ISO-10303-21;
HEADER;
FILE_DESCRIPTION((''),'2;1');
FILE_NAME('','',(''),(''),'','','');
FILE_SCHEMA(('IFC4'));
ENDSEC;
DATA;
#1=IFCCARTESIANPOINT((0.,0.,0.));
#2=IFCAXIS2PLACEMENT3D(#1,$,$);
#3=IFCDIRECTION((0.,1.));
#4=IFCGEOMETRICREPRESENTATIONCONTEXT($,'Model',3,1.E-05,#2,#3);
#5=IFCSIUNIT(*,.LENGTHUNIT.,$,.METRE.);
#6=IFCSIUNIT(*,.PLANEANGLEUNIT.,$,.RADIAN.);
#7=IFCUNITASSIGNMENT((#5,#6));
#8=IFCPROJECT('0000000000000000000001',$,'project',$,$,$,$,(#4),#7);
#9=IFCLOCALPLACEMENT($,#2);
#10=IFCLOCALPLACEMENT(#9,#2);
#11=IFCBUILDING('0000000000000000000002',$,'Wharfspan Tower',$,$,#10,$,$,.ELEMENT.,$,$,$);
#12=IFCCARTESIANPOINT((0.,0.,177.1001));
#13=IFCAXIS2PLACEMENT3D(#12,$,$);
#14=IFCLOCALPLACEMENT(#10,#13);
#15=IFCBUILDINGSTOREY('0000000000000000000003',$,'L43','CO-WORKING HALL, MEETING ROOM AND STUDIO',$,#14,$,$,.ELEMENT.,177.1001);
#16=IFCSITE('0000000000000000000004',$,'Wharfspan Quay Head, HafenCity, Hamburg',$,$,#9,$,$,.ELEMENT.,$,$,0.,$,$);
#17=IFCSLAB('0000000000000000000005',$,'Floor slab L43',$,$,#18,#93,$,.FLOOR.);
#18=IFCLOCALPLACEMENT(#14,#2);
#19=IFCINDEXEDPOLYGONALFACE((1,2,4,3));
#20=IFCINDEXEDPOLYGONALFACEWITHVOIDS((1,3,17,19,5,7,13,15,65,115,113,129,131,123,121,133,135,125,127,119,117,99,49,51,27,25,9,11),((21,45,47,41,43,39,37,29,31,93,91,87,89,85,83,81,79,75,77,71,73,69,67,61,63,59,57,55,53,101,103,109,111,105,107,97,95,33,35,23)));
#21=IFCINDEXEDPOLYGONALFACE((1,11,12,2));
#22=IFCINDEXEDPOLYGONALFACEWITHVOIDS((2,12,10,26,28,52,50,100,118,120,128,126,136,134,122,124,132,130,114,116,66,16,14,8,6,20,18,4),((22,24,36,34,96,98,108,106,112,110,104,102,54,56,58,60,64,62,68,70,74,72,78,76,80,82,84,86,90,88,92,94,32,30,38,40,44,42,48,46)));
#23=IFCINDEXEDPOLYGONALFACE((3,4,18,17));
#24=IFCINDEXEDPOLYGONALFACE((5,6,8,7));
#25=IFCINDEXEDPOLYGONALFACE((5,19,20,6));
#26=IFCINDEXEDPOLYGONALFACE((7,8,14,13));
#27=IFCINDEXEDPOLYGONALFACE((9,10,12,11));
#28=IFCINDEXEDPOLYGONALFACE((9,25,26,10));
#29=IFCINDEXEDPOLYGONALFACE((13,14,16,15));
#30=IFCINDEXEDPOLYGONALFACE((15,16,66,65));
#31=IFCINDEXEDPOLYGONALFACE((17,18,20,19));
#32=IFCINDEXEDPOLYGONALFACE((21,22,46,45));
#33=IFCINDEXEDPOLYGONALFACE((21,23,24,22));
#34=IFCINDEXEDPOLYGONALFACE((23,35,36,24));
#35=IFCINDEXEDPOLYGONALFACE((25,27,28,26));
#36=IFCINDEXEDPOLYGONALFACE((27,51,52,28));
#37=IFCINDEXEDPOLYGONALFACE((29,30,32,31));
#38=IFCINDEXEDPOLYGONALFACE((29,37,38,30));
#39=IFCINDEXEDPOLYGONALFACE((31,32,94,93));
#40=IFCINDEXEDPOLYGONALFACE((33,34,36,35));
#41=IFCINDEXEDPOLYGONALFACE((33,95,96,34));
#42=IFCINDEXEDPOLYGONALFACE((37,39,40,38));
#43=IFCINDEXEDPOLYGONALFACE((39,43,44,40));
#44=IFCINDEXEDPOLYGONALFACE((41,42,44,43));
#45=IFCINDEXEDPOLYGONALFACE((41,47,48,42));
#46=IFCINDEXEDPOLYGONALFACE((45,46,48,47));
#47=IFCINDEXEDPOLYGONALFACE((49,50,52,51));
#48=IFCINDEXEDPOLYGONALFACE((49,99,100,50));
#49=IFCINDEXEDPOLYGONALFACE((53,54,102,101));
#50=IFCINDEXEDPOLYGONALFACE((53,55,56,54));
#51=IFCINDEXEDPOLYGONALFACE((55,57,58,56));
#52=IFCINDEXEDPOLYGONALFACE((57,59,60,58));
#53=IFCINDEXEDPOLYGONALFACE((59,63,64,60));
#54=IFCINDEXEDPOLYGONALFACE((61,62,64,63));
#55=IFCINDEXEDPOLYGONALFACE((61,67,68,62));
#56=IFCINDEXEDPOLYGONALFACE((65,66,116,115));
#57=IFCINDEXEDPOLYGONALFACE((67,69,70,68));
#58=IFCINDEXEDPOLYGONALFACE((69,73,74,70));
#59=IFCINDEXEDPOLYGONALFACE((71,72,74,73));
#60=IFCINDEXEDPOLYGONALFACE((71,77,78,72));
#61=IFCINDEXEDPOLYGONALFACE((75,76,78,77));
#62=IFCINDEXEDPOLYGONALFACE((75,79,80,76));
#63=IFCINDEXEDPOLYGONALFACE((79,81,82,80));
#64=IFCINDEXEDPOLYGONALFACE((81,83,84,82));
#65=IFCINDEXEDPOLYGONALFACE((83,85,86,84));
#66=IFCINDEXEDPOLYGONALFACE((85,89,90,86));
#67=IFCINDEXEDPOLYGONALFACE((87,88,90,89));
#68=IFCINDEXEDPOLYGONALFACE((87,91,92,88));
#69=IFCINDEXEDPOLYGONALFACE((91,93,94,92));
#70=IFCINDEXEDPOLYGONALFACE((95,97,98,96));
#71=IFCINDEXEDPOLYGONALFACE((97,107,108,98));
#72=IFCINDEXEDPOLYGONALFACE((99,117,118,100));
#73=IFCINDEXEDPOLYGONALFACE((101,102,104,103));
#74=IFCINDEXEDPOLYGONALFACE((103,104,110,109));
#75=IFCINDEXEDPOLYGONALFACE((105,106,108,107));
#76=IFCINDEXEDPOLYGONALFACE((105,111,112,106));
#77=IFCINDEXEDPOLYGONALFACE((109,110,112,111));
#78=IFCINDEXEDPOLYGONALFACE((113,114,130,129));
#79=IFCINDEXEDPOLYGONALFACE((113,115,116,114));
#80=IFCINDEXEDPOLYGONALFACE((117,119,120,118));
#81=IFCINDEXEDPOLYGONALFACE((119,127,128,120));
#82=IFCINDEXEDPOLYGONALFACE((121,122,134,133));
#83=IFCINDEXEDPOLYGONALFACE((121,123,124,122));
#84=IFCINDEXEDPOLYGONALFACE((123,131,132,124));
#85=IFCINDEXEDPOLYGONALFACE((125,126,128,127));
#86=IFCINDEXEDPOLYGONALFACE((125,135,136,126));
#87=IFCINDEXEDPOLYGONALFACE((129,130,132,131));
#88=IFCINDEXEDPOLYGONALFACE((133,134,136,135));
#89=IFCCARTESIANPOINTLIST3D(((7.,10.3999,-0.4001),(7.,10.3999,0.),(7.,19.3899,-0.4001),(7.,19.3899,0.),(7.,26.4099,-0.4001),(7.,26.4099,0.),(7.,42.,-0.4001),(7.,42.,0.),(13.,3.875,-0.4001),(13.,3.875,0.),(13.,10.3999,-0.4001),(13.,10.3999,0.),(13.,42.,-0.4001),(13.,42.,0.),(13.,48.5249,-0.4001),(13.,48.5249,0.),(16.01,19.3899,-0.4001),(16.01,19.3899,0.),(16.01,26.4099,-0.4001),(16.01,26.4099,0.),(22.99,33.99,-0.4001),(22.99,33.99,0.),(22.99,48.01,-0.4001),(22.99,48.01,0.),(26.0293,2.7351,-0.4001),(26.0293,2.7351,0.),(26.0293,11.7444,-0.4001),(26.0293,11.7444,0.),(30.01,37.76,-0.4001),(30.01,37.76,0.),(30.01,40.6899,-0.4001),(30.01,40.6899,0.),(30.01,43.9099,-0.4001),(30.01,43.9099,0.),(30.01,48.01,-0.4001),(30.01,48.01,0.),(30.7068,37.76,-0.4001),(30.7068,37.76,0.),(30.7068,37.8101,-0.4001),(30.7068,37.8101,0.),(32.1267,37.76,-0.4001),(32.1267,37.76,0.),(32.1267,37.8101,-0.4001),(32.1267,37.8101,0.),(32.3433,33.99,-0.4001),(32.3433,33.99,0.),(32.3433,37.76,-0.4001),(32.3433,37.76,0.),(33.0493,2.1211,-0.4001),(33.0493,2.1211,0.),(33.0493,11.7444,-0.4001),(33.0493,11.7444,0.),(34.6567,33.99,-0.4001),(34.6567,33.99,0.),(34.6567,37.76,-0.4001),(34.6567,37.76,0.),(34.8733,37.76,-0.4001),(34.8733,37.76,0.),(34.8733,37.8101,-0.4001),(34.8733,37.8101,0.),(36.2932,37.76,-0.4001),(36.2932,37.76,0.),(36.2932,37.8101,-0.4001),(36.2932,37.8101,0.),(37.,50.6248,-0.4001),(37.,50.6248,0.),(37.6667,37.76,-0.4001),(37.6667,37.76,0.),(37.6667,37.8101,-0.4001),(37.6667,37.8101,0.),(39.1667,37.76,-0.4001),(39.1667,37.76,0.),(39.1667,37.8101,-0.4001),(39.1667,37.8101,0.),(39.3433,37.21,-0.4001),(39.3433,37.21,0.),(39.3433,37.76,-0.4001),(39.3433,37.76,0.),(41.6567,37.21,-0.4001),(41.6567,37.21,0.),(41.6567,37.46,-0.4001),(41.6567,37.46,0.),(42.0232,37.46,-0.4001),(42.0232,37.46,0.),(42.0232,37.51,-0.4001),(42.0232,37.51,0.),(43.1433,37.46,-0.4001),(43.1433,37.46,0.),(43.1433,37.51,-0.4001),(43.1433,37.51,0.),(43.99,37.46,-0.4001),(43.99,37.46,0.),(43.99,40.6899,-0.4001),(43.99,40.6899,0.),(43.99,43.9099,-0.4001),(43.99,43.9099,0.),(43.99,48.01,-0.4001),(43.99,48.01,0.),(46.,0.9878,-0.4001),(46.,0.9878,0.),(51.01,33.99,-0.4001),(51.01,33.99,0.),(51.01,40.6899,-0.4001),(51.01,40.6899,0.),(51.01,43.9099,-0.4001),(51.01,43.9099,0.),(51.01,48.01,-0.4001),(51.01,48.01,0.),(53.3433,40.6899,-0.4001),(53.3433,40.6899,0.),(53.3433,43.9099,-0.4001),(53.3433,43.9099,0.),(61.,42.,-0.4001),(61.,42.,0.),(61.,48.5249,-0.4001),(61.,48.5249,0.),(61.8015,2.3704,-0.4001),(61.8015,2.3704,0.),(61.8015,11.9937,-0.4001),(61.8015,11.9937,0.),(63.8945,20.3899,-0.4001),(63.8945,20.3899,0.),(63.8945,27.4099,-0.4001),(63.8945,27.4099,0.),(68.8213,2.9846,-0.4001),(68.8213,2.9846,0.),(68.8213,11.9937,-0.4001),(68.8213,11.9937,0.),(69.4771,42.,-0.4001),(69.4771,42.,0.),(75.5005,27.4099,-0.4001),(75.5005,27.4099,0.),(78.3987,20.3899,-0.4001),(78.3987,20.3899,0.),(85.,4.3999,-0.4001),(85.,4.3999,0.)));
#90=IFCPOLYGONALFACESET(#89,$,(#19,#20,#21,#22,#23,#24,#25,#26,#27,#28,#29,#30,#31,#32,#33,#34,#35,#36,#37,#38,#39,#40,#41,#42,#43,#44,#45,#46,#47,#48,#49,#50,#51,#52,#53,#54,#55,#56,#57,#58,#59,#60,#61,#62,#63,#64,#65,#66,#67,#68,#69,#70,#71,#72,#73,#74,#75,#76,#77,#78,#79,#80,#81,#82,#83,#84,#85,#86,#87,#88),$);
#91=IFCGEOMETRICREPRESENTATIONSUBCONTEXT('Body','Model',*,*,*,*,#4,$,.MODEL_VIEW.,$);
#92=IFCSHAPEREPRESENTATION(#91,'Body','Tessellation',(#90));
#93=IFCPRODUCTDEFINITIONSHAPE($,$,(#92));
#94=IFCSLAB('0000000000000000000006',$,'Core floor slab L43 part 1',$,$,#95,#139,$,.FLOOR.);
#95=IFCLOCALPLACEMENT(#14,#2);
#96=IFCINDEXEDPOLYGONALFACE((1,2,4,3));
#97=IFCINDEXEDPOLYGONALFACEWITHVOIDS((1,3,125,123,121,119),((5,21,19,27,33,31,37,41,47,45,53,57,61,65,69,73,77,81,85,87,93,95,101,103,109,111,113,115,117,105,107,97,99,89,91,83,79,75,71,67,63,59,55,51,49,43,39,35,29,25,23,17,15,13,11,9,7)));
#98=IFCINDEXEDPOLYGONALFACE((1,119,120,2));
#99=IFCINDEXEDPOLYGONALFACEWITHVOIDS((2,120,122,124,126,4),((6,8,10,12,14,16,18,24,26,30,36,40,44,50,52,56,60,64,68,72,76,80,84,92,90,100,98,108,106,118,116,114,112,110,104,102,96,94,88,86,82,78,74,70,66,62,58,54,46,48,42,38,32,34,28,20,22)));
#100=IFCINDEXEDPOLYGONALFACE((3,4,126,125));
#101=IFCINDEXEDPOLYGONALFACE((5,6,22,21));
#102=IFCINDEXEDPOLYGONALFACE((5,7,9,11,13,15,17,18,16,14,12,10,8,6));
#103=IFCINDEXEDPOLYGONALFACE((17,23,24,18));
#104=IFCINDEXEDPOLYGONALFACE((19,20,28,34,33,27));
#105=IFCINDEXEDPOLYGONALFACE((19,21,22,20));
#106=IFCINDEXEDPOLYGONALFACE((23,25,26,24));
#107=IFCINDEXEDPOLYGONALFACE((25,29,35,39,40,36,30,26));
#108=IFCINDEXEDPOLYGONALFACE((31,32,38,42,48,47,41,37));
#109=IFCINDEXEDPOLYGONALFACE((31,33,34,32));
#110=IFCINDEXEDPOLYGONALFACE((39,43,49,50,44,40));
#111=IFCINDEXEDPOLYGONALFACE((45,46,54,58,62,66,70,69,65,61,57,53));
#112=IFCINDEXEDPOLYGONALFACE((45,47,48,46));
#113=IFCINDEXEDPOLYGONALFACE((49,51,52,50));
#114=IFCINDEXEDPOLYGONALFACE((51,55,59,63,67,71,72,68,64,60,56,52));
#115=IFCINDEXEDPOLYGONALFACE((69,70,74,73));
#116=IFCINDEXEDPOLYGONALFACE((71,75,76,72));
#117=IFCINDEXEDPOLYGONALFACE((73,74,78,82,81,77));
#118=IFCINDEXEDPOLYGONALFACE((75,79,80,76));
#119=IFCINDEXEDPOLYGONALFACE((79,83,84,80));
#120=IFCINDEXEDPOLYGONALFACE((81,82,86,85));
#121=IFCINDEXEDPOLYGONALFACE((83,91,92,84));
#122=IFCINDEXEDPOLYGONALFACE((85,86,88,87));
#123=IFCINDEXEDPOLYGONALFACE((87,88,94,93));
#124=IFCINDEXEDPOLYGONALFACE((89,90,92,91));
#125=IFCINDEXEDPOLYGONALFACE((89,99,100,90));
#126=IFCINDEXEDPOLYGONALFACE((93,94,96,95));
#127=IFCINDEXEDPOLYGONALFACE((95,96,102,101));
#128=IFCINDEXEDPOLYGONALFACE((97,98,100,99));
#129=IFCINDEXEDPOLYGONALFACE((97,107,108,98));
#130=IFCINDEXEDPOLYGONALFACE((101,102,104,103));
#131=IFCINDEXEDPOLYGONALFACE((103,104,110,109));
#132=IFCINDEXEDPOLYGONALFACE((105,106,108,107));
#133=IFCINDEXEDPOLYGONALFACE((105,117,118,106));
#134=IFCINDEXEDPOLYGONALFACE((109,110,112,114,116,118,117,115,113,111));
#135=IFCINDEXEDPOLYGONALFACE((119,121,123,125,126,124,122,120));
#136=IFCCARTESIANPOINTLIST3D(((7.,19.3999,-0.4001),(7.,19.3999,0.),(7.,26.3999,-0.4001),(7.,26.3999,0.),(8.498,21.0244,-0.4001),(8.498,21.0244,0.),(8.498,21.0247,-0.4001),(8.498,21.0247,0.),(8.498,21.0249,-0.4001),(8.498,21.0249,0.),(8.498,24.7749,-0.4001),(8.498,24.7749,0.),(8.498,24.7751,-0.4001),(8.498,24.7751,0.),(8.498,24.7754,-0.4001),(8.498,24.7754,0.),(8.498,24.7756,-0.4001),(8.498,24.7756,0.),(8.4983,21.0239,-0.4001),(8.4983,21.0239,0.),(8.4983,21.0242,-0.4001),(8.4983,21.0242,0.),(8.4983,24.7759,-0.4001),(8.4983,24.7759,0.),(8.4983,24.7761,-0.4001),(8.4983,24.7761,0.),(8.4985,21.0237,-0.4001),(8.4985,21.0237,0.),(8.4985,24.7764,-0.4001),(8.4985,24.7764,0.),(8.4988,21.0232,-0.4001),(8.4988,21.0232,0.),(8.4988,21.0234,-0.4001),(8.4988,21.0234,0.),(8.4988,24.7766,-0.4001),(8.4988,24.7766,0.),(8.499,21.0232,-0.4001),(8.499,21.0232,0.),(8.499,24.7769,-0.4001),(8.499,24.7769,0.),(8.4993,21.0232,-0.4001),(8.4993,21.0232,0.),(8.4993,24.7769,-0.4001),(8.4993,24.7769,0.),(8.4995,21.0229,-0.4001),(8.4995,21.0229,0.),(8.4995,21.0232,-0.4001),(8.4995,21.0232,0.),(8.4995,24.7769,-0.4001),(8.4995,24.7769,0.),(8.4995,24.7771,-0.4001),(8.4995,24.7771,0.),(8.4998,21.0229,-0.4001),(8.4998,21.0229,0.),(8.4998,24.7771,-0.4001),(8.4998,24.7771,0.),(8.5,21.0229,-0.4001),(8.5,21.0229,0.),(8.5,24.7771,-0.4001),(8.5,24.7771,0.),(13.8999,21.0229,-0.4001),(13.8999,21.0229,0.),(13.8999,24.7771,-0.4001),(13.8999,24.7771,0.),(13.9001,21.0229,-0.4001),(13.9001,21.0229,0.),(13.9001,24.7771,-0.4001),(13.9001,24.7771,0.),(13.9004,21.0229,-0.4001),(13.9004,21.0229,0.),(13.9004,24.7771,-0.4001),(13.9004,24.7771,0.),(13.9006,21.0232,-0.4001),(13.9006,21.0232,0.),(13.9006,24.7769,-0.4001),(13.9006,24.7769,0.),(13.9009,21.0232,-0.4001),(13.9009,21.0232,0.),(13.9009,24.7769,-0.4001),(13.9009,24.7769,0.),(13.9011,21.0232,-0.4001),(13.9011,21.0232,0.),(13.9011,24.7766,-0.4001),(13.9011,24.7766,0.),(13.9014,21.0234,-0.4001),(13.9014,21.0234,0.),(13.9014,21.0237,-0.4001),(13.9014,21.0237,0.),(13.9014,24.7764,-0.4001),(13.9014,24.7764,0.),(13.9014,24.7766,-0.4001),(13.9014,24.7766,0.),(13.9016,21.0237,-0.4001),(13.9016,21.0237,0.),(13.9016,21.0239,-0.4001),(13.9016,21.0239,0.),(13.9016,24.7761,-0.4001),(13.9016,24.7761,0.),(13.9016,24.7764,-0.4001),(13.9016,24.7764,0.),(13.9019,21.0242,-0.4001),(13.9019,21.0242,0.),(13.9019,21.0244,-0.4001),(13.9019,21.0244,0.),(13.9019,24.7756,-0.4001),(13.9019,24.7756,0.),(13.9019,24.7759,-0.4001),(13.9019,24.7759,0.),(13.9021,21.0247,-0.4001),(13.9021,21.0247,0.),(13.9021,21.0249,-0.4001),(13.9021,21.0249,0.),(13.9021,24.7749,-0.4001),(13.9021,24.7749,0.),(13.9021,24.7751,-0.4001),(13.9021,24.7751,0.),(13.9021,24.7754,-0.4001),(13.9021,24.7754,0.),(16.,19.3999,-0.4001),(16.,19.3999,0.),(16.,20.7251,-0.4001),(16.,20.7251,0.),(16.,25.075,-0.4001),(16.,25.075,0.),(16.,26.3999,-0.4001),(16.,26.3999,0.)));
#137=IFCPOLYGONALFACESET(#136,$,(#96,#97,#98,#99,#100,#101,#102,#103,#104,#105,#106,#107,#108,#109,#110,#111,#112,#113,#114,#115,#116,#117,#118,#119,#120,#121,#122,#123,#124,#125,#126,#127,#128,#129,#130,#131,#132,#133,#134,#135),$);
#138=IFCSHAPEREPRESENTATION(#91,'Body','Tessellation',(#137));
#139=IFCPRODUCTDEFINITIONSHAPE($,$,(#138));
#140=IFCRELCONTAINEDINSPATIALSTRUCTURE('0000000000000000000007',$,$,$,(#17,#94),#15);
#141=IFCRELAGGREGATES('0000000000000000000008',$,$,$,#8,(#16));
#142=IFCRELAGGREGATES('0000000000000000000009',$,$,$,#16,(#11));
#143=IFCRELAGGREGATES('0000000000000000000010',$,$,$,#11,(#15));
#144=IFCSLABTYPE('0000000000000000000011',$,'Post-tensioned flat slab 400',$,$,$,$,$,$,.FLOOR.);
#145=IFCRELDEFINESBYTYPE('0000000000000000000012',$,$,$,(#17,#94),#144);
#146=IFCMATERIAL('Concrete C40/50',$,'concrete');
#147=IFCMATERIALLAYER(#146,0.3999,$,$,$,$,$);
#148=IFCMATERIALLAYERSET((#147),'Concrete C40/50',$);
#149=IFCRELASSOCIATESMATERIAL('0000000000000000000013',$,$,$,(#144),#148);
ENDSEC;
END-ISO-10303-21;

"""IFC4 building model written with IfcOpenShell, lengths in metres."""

from ifc_helpers import new_model, si_unit, direction, frame, origin, place, context, subcontext, project, spatial, polyline, outline, extrude, material, layer, layer_set, type_object, element, save


model = new_model("IFC4")

# Units and contexts
model_context = context("Model", 3, precision=1e-05, world=origin(), true_north=direction((0.0, 1.0)))
body_context = subcontext(model_context, "Body", "Model", "MODEL_VIEW")
ifc_project = project(units=[si_unit("LENGTHUNIT", "METRE"), si_unit("PLANEANGLEUNIT", "RADIAN")], contexts=[model_context])

# Site, building, storey
site_placement = place(None, origin())
site = spatial("IfcSite", under=ifc_project, at=site_placement, Name="Wharfspan Quay Head, HafenCity, Hamburg", CompositionType="ELEMENT", RefElevation=0.0)
building_placement = place(site_placement, origin())
building = spatial("IfcBuilding", under=site, at=building_placement, Name="Wharfspan Tower", CompositionType="ELEMENT")
storey_placement = place(building_placement, frame((0.0, 0.0, 177.1001)))
storey = spatial("IfcBuildingStorey", under=building, at=storey_placement, Name="L43", Description="CO-WORKING HALL, MEETING ROOM AND STUDIO", CompositionType="ELEMENT", Elevation=177.1001)

# Slabs
ifc_material_1 = material(Name="Concrete C40/50", Category="concrete")
ifc_layer_1 = layer(ifc_material_1, 0.3999)
ifc_layer_set_1 = layer_set([ifc_layer_1], Name="Concrete C40/50")
slab_type_1 = type_object("IfcSlabType", Name="Post-tensioned flat slab 400", PredefinedType="FLOOR", material=ifc_layer_set_1)
slab_1_placement = place(storey_placement, frame((0.0, 0.0, -0.4001)))
element("IfcSlab", 1, at=slab_1_placement, inside=storey, type_object=slab_type_1, Name="Floor slab L43", PredefinedType="FLOOR", context=body_context, shape_type="SweptSolid", body=[
    extrude(outline(polyline([(26.0293, 2.7351), (26.0293, 11.7444), (33.0493, 11.7444), (33.0493, 2.1211), (46.0, 0.9878), (61.8015, 2.3704), (61.8015, 11.9937), (68.8213, 11.9937), (68.8213, 2.9846), (85.0, 4.3999), (78.3987, 20.3899), (63.8945, 20.3899), (63.8945, 27.4099), (75.5005, 27.4099), (69.4771, 42.0), (61.0, 42.0), (61.0, 48.5249), (37.0, 50.6248), (13.0, 48.5249), (13.0, 42.0), (7.0, 42.0), (7.0, 26.4099), (16.01, 26.4099), (16.01, 19.3899), (7.0, 19.3899), (7.0, 10.3999), (13.0, 10.3999), (13.0, 3.875), (26.0293, 2.7351)]), holes=[polyline([(32.1267, 37.76), (32.3433, 37.76), (32.3433, 33.99), (22.99, 33.99), (22.99, 48.01), (30.01, 48.01), (30.01, 43.9099), (43.99, 43.9099), (43.99, 48.01), (51.01, 48.01), (51.01, 43.9099), (53.3433, 43.9099), (53.3433, 40.6899), (51.01, 40.6899), (51.01, 33.99), (34.6567, 33.99), (34.6567, 37.76), (34.8733, 37.76), (34.8733, 37.8101), (36.2932, 37.8101), (36.2932, 37.76), (37.6667, 37.76), (37.6667, 37.8101), (39.1667, 37.8101), (39.1667, 37.76), (39.3433, 37.76), (39.3433, 37.21), (41.6567, 37.21), (41.6567, 37.46), (42.0232, 37.46), (42.0232, 37.51), (43.1433, 37.51), (43.1433, 37.46), (43.99, 37.46), (43.99, 40.6899), (30.01, 40.6899), (30.01, 37.76), (30.7068, 37.76), (30.7068, 37.8101), (32.1267, 37.8101), (32.1267, 37.76)])]), origin(), (0.0, 0.0, 1.0), 0.4001),
])
slab_2_placement = place(storey_placement, frame((0.0, 0.0, -0.4001)))
element("IfcSlab", 2, at=slab_2_placement, inside=storey, type_object=slab_type_1, Name="Core floor slab L43 part 1", PredefinedType="FLOOR", context=body_context, shape_type="SweptSolid", body=[
    extrude(outline(polyline([(16.0, 20.7251), (16.0, 25.075), (16.0, 26.3999), (7.0, 26.3999), (7.0, 19.3999), (16.0, 19.3999), (16.0, 20.7251)]), holes=[polyline([(13.8999, 24.7771), (13.9001, 24.7771), (13.9004, 24.7771), (13.9006, 24.7769), (13.9009, 24.7769), (13.9009, 24.7769), (13.9011, 24.7766), (13.9014, 24.7766), (13.9014, 24.7764), (13.9016, 24.7764), (13.9016, 24.7761), (13.9019, 24.7759), (13.9019, 24.7759), (13.9019, 24.7756), (13.9021, 24.7754), (13.9021, 24.7751), (13.9021, 24.7749), (13.9021, 21.0249), (13.9021, 21.0249), (13.9021, 21.0247), (13.9019, 21.0244), (13.9019, 21.0242), (13.9019, 21.0242), (13.9016, 21.0239), (13.9016, 21.0237), (13.9014, 21.0237), (13.9014, 21.0234), (13.9011, 21.0232), (13.9009, 21.0232), (13.9009, 21.0232), (13.9006, 21.0232), (13.9004, 21.0229), (13.9001, 21.0229), (13.8999, 21.0229), (8.5, 21.0229), (8.4998, 21.0229), (8.4995, 21.0229), (8.4995, 21.0232), (8.4993, 21.0232), (8.499, 21.0232), (8.4988, 21.0232), (8.4988, 21.0234), (8.4985, 21.0237), (8.4985, 21.0237), (8.4983, 21.0239), (8.4983, 21.0242), (8.4983, 21.0242), (8.498, 21.0244), (8.498, 21.0247), (8.498, 21.0249), (8.498, 21.0249), (8.498, 24.7749), (8.498, 24.7751), (8.498, 24.7754), (8.498, 24.7756), (8.4983, 24.7759), (8.4983, 24.7759), (8.4983, 24.7761), (8.4985, 24.7764), (8.4985, 24.7764), (8.4988, 24.7766), (8.4988, 24.7766), (8.499, 24.7769), (8.4993, 24.7769), (8.4995, 24.7769), (8.4995, 24.7771), (8.4998, 24.7771), (8.5, 24.7771), (13.8999, 24.7771)])]), origin(), (0.0, 0.0, 1.0), 0.4001),
])

save(model, "model.ifc")
